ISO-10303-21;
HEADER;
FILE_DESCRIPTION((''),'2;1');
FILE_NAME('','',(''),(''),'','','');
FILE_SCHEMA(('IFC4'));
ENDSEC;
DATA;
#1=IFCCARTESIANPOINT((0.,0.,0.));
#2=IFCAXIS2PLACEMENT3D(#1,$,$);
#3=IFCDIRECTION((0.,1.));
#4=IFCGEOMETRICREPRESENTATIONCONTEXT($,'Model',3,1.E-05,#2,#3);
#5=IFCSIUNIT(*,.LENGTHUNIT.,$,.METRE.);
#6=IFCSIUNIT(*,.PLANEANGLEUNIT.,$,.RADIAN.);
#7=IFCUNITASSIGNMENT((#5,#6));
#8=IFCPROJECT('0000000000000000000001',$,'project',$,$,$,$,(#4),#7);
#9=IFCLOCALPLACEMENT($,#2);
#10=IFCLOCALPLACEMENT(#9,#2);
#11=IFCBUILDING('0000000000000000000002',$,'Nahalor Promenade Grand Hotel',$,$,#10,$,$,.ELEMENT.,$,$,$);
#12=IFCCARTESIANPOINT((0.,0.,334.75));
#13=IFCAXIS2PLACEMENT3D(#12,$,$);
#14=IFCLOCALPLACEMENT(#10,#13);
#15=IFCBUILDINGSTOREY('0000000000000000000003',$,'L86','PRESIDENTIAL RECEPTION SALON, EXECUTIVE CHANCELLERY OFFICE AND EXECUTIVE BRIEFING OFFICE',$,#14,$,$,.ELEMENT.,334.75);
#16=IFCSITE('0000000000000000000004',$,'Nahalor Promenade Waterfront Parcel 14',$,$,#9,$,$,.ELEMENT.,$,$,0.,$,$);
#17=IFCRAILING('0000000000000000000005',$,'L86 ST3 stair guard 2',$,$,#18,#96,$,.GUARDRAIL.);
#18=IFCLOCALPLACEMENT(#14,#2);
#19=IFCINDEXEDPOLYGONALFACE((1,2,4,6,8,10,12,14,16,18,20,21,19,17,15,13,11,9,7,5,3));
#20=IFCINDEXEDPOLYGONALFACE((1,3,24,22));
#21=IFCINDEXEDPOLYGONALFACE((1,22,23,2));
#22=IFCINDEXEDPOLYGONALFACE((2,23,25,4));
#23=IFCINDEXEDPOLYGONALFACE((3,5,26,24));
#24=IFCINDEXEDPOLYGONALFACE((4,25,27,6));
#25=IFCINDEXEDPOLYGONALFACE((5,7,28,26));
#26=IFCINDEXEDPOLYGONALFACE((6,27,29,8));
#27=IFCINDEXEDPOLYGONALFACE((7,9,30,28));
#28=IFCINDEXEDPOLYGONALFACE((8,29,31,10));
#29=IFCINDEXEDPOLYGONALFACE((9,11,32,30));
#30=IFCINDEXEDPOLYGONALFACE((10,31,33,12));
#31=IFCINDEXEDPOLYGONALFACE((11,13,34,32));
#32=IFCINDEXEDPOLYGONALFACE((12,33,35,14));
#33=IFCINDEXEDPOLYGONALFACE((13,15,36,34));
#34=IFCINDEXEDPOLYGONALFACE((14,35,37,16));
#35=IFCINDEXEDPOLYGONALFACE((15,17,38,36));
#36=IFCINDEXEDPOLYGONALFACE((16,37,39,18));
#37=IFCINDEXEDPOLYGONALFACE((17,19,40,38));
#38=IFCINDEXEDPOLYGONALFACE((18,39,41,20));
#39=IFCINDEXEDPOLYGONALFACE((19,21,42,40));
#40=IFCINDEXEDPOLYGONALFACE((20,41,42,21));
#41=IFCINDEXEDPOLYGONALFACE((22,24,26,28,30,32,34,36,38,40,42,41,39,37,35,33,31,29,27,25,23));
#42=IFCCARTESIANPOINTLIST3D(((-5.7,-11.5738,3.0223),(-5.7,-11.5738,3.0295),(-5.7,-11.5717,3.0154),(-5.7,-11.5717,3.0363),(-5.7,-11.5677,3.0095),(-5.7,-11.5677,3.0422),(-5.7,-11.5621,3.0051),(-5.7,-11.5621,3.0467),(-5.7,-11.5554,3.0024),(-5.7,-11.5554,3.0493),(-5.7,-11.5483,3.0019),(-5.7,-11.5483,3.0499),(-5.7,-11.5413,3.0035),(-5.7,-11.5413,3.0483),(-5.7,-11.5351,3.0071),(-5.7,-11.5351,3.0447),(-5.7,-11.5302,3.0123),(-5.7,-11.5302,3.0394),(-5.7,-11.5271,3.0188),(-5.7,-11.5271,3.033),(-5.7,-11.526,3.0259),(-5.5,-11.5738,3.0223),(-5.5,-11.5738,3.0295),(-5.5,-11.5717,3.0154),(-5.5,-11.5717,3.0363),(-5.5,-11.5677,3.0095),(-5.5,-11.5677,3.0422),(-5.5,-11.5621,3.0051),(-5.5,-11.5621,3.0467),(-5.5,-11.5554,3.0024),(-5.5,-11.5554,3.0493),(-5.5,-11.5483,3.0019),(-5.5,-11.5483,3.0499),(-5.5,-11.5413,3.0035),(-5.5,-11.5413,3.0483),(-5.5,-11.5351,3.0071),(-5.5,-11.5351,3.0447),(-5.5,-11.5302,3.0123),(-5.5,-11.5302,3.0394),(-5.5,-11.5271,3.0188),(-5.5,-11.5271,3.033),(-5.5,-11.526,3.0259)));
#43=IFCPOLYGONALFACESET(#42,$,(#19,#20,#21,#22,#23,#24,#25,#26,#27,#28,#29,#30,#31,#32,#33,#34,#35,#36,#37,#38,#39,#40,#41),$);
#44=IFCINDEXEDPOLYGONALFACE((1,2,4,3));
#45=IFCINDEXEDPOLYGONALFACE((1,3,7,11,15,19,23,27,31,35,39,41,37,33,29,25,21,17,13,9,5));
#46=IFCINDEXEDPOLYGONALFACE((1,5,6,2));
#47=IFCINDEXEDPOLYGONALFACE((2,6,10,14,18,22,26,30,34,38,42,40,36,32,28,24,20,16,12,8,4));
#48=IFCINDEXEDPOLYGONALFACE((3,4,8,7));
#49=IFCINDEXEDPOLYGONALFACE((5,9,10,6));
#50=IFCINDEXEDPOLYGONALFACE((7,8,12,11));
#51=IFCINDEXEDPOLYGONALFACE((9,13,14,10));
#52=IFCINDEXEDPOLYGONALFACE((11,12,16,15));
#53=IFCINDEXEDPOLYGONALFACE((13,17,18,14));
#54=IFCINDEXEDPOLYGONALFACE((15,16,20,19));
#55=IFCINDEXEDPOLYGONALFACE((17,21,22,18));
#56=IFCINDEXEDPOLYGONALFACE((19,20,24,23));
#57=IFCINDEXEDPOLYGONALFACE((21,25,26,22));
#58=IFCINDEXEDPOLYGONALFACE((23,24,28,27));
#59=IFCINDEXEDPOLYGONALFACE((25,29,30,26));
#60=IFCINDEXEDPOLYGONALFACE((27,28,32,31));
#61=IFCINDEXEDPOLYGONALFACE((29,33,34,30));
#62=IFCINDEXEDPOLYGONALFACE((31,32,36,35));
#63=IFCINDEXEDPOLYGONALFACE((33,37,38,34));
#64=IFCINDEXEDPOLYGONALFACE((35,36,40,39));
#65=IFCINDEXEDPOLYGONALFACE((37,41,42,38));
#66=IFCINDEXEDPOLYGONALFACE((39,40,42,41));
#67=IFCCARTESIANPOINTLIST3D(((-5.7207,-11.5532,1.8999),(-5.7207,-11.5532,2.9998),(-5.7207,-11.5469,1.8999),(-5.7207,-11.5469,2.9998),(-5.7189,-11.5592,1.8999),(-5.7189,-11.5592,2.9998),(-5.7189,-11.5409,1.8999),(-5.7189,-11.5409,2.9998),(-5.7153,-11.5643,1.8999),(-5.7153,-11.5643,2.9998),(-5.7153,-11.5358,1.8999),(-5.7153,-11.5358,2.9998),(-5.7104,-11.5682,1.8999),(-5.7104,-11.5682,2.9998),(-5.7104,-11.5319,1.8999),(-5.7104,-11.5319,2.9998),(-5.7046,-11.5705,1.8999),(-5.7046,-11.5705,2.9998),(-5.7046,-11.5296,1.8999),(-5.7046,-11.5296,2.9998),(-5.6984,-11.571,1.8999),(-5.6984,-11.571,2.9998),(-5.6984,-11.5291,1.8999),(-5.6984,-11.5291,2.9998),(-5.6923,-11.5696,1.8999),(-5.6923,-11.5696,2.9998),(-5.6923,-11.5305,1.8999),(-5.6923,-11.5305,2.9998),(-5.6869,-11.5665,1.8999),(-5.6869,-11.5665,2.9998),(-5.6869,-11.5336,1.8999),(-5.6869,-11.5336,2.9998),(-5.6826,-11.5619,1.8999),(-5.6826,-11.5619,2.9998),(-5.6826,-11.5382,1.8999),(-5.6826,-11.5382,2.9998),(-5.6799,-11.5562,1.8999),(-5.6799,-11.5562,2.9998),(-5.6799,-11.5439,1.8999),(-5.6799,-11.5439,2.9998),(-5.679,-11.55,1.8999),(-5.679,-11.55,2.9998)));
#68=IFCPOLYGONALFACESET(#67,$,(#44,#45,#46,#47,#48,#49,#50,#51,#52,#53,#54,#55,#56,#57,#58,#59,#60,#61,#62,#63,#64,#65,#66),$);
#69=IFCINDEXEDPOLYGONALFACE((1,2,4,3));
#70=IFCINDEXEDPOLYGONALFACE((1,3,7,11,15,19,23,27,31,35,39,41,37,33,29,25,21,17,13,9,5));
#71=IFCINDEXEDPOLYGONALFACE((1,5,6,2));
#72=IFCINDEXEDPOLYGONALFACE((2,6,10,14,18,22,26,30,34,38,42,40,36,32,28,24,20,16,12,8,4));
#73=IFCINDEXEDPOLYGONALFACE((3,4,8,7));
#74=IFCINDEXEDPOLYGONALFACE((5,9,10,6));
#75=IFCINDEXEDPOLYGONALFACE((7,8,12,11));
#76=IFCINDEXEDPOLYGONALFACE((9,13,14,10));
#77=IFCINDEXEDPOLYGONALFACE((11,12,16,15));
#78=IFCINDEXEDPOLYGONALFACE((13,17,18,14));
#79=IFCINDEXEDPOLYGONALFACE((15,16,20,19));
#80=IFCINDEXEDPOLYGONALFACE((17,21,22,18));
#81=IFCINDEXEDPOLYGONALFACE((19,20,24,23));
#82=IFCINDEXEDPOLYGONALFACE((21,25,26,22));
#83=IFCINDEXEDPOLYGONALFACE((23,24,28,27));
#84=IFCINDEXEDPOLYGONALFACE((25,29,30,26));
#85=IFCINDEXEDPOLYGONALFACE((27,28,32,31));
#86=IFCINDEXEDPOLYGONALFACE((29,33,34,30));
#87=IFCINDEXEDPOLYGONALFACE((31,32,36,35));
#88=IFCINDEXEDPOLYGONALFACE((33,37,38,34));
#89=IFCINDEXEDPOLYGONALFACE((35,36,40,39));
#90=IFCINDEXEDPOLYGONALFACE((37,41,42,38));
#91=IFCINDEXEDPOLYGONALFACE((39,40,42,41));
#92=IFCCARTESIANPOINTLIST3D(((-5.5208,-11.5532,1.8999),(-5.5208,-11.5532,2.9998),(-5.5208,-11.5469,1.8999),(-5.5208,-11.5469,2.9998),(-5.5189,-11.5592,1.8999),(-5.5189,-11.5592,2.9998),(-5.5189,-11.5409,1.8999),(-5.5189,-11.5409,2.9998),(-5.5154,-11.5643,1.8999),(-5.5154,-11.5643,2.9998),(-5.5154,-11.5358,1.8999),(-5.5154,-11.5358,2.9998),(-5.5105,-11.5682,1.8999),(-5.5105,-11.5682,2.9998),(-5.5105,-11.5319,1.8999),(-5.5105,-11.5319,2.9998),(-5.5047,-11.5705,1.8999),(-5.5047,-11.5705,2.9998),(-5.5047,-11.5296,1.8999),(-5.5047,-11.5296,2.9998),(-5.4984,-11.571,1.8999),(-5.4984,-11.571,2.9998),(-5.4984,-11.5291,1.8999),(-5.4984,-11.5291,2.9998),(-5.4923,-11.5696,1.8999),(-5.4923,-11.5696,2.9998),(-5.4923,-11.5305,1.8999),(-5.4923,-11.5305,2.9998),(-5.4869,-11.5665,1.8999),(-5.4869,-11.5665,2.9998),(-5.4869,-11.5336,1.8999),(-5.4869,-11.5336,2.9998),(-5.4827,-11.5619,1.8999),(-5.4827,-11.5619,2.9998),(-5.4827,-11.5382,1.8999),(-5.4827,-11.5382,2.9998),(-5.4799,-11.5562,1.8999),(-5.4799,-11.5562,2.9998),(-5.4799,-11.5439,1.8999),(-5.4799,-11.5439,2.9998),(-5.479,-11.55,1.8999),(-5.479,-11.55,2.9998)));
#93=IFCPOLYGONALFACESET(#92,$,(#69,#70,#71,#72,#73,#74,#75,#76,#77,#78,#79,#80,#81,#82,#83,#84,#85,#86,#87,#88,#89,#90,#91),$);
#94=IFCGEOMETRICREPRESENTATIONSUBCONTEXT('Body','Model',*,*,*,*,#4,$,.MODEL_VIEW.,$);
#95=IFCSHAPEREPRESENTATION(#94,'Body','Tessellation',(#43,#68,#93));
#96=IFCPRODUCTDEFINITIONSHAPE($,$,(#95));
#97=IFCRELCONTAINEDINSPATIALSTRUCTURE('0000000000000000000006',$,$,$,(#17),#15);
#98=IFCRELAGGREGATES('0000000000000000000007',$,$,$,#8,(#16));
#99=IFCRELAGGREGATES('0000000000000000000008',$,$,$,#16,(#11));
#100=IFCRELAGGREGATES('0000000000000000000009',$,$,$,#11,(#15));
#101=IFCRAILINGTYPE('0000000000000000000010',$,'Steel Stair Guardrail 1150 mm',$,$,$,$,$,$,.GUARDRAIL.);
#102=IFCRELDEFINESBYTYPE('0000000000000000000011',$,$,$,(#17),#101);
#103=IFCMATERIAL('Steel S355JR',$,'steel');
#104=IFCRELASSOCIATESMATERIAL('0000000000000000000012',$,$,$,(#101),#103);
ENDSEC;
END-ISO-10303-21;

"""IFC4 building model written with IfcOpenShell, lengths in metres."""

from ifc_helpers import new_model, si_unit, direction, frame, origin, origin_2d, place, context, subcontext, project, spatial, circle, extrude, material, type_object, element, save


model = new_model("IFC4")

# Units and contexts
model_context = context("Model", 3, precision=1e-05, world=origin(), true_north=direction((0.0, 1.0)))
body_context = subcontext(model_context, "Body", "Model", "MODEL_VIEW")
ifc_project = project(units=[si_unit("LENGTHUNIT", "METRE"), si_unit("PLANEANGLEUNIT", "RADIAN")], contexts=[model_context])

# Site, building, storey
site_placement = place(None, origin())
site = spatial("IfcSite", under=ifc_project, at=site_placement, Name="Nahalor Promenade Waterfront Parcel 14", CompositionType="ELEMENT", RefElevation=0.0)
building_placement = place(site_placement, origin())
building = spatial("IfcBuilding", under=site, at=building_placement, Name="Nahalor Promenade Grand Hotel", CompositionType="ELEMENT")
storey_placement = place(building_placement, frame((0.0, 0.0, 334.75)))
storey = spatial("IfcBuildingStorey", under=building, at=storey_placement, Name="L86", Description="PRESIDENTIAL RECEPTION SALON, EXECUTIVE CHANCELLERY OFFICE AND EXECUTIVE BRIEFING OFFICE", CompositionType="ELEMENT", Elevation=334.75)

# Shared definitions
ifc_material_1 = material(Name="Steel S355JR", Category="steel")

# Railing
railing_type_1 = type_object("IfcRailingType", Name="Steel Stair Guardrail 1150 mm", PredefinedType="GUARDRAIL", material=ifc_material_1)
railing_1_placement = place(storey_placement, frame((-5.7, -11.55, 1.8999)))
element("IfcRailing", 1, at=railing_1_placement, inside=storey, type_object=railing_type_1, Name="L86 ST3 stair guard 2", PredefinedType="GUARDRAIL", context=body_context, shape_type="SweptSolid", body=[
    extrude(circle(Radius=0.024, at=origin_2d()), frame((0.0, 0.0, 1.126), z_axis=(1.0, 0.0, 0.0), x_axis=(0.0, 1.0, 0.0)), (0.0, 0.0, 1.0), 0.2),
    extrude(circle(Radius=0.021, at=origin_2d()), origin(), (0.0, 0.0, 1.0), 1.0999),
    extrude(circle(Radius=0.021, at=origin_2d()), frame((0.2, 0.0, 0.0)), (0.0, 0.0, 1.0), 1.0999),
])

save(model, "model.ifc")
